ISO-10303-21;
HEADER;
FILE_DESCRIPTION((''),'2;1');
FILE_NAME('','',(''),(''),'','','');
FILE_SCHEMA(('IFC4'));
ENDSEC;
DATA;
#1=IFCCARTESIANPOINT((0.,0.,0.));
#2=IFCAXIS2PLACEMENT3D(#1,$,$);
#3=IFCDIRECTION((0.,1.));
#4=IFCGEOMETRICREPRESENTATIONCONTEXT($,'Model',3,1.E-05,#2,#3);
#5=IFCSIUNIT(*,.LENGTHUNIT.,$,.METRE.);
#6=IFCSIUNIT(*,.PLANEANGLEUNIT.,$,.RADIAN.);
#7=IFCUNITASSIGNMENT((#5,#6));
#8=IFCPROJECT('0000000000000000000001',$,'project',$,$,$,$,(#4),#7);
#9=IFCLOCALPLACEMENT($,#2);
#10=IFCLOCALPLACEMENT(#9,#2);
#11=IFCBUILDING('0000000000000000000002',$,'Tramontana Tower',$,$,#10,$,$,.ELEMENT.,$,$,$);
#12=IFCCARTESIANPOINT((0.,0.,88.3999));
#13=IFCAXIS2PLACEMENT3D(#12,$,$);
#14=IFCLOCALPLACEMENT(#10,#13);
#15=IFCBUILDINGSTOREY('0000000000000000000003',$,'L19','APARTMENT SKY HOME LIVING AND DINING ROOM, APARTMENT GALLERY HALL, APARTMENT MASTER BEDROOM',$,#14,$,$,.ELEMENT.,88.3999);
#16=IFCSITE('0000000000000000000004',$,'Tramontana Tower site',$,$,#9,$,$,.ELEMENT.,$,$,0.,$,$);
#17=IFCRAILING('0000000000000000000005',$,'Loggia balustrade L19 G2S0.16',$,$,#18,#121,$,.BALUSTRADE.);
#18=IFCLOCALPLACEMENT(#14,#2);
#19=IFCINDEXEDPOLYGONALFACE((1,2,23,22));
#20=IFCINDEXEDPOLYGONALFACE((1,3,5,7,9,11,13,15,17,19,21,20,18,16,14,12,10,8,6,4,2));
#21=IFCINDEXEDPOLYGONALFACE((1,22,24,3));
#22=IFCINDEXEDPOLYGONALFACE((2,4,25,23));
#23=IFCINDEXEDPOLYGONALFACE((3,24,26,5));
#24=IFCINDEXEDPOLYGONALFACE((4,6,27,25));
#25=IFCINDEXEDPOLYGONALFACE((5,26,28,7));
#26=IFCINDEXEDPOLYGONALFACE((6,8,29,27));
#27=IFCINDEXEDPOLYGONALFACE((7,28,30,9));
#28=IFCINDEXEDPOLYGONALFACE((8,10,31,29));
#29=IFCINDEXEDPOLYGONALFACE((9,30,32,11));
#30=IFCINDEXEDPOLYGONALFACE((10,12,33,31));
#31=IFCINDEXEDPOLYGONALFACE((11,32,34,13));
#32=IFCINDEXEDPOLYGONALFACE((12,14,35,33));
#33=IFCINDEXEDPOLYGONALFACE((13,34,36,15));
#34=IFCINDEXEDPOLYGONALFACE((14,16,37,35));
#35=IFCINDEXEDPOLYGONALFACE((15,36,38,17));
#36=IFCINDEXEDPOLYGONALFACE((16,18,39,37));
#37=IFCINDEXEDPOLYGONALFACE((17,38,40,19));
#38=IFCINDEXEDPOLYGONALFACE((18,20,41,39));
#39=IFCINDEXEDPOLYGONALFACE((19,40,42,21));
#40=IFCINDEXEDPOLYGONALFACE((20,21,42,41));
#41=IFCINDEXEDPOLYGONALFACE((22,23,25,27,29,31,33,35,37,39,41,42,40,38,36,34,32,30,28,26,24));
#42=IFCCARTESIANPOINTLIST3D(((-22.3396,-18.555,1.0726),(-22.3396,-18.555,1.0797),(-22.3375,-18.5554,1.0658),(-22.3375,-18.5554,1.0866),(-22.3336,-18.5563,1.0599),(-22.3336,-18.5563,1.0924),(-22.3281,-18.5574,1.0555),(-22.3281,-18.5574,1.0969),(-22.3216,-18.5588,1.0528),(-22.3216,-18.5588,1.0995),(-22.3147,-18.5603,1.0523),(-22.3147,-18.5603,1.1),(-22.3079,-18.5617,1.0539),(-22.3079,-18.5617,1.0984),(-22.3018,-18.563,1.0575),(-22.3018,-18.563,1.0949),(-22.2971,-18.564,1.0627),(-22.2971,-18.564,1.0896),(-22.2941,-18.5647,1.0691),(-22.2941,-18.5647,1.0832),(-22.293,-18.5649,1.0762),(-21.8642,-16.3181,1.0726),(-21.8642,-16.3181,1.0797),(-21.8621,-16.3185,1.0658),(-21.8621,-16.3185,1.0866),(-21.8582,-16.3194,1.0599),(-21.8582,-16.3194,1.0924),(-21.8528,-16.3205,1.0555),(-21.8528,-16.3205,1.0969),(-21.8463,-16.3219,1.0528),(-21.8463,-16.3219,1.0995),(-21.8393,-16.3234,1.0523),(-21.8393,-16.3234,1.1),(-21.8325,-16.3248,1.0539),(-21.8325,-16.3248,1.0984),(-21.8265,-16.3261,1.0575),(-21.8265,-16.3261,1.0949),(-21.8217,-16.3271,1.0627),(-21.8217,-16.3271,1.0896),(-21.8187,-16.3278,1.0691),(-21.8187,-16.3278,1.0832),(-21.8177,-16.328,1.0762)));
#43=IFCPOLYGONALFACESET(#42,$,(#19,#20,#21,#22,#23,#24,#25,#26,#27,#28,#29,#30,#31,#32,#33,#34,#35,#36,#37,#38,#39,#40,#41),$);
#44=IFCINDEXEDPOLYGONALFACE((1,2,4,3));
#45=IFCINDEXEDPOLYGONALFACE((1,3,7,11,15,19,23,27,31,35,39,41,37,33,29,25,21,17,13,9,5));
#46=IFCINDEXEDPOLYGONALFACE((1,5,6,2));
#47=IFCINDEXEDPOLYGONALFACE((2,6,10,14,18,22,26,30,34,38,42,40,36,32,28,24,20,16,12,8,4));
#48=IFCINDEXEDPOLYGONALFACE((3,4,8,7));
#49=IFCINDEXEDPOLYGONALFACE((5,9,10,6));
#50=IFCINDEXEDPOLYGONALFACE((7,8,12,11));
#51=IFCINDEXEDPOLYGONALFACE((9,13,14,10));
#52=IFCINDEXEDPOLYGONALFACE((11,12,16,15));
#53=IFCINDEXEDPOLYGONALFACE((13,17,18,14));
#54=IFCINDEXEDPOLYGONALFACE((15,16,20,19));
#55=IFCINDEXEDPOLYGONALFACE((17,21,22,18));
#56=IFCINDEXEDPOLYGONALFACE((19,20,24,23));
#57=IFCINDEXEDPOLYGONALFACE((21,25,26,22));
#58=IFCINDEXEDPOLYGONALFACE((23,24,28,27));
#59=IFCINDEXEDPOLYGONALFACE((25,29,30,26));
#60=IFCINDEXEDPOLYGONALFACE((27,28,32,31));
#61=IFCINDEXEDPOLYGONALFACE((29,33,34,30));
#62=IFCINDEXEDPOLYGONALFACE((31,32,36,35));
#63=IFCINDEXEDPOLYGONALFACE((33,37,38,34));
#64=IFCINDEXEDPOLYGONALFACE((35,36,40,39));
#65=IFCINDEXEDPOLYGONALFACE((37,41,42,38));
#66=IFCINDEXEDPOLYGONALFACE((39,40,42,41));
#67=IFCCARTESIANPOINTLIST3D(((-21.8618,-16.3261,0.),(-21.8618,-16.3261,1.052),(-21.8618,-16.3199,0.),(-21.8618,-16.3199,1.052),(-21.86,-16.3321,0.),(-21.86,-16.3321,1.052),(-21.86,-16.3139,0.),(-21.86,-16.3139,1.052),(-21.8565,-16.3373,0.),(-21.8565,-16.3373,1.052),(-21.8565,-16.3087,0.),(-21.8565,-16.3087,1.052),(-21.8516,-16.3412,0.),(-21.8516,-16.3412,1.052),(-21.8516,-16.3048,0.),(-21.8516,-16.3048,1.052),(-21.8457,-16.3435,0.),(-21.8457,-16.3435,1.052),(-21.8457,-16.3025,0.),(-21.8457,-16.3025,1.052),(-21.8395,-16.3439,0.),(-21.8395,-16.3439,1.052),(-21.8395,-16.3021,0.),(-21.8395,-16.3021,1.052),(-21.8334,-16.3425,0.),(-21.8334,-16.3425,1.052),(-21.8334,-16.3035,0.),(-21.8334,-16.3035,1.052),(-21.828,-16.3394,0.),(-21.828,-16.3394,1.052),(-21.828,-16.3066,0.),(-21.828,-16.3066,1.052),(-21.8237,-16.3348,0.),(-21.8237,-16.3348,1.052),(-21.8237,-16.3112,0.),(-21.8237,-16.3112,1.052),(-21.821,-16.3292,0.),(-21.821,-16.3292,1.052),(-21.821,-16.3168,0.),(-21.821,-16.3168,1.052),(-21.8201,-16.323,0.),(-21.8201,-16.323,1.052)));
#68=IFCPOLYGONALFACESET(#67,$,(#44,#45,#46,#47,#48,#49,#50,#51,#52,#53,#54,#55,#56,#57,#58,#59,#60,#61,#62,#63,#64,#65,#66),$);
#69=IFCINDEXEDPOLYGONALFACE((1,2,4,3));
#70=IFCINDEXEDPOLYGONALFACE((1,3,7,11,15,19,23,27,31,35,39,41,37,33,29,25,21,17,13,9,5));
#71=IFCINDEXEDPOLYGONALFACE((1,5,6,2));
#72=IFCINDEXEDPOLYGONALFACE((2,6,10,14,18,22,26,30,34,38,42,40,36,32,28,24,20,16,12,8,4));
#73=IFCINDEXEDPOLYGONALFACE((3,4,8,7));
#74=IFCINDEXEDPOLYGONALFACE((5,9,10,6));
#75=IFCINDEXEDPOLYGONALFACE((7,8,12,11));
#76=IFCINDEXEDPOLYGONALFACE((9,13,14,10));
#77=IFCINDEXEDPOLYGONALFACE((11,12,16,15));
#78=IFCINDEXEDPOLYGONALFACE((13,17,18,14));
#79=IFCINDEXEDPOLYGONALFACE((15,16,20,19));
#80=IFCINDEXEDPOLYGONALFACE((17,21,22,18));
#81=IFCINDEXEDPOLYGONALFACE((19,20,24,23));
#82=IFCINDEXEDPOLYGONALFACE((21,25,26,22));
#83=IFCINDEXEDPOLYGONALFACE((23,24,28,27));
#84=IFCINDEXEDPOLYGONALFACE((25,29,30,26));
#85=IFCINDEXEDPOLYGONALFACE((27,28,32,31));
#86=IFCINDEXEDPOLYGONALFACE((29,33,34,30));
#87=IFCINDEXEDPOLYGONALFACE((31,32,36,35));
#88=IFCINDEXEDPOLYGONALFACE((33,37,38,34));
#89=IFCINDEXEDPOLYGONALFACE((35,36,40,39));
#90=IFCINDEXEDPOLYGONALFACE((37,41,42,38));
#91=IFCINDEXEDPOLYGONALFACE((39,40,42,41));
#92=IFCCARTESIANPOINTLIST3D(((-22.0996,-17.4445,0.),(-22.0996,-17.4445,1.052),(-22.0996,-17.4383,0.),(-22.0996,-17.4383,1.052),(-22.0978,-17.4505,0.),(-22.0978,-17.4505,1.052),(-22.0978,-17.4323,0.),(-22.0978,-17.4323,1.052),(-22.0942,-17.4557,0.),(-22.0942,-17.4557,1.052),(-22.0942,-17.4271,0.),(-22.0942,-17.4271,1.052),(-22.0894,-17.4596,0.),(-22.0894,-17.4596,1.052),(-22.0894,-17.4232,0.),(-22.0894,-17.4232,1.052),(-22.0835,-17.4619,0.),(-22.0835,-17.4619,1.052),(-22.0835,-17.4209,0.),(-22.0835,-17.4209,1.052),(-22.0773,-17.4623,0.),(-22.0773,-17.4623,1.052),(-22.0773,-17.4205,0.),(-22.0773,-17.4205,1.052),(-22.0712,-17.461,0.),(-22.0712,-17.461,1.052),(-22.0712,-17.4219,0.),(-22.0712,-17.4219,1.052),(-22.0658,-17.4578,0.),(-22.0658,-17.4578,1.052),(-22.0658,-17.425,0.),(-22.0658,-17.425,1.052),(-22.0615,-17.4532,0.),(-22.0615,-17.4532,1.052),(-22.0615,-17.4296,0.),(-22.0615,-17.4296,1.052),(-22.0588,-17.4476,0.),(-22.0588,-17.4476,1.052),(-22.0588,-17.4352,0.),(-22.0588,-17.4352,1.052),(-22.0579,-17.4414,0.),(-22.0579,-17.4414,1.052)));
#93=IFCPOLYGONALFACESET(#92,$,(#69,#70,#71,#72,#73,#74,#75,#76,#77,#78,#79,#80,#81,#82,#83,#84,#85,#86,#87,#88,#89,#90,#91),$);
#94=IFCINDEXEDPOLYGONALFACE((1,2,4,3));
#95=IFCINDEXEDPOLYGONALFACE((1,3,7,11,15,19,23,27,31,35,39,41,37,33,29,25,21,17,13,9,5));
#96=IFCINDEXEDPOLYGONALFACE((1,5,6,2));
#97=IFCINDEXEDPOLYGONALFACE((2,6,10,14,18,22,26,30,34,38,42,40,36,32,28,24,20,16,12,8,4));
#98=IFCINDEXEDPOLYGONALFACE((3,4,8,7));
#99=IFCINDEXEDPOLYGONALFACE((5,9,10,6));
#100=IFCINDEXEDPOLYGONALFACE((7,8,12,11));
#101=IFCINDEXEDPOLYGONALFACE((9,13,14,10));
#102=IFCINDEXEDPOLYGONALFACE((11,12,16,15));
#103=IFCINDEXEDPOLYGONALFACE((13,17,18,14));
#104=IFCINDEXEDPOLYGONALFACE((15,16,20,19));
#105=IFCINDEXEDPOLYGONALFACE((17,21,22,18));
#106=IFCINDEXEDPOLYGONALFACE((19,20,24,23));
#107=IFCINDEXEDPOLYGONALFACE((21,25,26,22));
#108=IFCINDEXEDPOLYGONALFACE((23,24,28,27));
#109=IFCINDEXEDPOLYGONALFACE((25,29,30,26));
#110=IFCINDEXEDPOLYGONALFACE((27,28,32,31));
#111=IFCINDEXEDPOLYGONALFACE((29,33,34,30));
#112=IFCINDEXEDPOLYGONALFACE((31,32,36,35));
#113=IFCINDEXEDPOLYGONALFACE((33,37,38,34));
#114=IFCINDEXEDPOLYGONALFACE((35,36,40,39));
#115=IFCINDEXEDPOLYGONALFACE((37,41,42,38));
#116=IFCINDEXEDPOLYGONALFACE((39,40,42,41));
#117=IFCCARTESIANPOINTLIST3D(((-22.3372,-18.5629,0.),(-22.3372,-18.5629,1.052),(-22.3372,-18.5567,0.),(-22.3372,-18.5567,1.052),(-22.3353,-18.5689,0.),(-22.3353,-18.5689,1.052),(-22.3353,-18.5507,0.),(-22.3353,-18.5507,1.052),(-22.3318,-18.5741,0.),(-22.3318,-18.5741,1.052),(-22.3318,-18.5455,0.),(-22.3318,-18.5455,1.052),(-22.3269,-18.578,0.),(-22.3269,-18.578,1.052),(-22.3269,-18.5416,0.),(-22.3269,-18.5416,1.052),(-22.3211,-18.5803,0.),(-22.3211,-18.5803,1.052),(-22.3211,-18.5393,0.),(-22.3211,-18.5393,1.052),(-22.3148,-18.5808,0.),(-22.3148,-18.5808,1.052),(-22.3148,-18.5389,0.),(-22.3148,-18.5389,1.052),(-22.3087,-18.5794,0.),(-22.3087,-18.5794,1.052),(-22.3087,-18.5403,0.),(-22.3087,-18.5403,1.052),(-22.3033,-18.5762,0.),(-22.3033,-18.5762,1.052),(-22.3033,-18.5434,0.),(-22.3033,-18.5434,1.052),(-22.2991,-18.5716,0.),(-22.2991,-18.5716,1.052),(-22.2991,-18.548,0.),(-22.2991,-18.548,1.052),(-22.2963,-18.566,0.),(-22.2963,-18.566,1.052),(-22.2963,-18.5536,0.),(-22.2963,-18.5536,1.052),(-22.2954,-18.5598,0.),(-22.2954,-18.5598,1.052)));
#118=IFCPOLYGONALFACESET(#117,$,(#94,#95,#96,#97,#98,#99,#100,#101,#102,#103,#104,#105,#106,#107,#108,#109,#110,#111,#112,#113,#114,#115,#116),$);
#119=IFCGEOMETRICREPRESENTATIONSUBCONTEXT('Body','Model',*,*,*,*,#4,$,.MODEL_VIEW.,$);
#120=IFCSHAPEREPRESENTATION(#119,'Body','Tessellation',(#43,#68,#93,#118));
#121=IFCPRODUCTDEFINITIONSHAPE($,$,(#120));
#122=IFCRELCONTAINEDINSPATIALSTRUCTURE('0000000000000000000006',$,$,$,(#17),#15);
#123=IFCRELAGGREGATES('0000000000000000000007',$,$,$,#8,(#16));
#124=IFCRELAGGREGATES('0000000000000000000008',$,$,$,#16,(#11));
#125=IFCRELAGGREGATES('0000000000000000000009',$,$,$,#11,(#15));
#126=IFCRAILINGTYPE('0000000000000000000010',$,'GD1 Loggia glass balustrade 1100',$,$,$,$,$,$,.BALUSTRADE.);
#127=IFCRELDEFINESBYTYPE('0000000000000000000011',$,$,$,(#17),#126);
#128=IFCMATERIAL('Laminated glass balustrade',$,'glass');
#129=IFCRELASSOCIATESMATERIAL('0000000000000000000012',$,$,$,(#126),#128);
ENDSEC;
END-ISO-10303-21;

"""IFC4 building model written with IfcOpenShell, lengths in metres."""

from ifc_helpers import new_model, si_unit, direction, frame, origin, origin_2d, place, context, subcontext, project, spatial, circle, extrude, material, type_object, element, save


model = new_model("IFC4")

# Units and contexts
model_context = context("Model", 3, precision=1e-05, world=origin(), true_north=direction((0.0, 1.0)))
body_context = subcontext(model_context, "Body", "Model", "MODEL_VIEW")
ifc_project = project(units=[si_unit("LENGTHUNIT", "METRE"), si_unit("PLANEANGLEUNIT", "RADIAN")], contexts=[model_context])

# Site, building, storey
site_placement = place(None, origin())
site = spatial("IfcSite", under=ifc_project, at=site_placement, Name="Tramontana Tower site", CompositionType="ELEMENT", RefElevation=0.0)
building_placement = place(site_placement, origin())
building = spatial("IfcBuilding", under=site, at=building_placement, Name="Tramontana Tower", CompositionType="ELEMENT")
storey_placement = place(building_placement, frame((0.0, 0.0, 88.3999)))
storey = spatial("IfcBuildingStorey", under=building, at=storey_placement, Name="L19", Description="APARTMENT SKY HOME LIVING AND DINING ROOM, APARTMENT GALLERY HALL, APARTMENT MASTER BEDROOM", CompositionType="ELEMENT", Elevation=88.3999)

# Railing
ifc_material_1 = material(Name="Laminated glass balustrade", Category="glass")
railing_type = type_object("IfcRailingType", Name="GD1 Loggia glass balustrade 1100", PredefinedType="BALUSTRADE", material=ifc_material_1)
railing_1_placement = place(storey_placement, frame((-21.8411, -16.323, 0.0)))
element("IfcRailing", 1, at=railing_1_placement, inside=storey, type_object=railing_type, Name="Loggia balustrade L19 G2S0.16", PredefinedType="BALUSTRADE", context=body_context, shape_type="SweptSolid", body=[
    extrude(circle(Radius=0.0239, at=origin_2d()), frame((0.0, 0.0, 1.0762), z_axis=(-0.207866, -0.978157, 0.0), x_axis=(0.978157, -0.207866, 0.0)), (0.0, 0.0, 1.0), 2.2869),
    extrude(circle(Radius=0.021, at=origin_2d()), origin(), (0.0, 0.0, 1.0), 1.052),
    extrude(circle(Radius=0.021, at=origin_2d()), frame((-0.2378, -1.1184, 0.0)), (0.0, 0.0, 1.0), 1.052),
    extrude(circle(Radius=0.021, at=origin_2d()), frame((-0.4753, -2.2368, 0.0)), (0.0, 0.0, 1.0), 1.052),
])

save(model, "model.ifc")
